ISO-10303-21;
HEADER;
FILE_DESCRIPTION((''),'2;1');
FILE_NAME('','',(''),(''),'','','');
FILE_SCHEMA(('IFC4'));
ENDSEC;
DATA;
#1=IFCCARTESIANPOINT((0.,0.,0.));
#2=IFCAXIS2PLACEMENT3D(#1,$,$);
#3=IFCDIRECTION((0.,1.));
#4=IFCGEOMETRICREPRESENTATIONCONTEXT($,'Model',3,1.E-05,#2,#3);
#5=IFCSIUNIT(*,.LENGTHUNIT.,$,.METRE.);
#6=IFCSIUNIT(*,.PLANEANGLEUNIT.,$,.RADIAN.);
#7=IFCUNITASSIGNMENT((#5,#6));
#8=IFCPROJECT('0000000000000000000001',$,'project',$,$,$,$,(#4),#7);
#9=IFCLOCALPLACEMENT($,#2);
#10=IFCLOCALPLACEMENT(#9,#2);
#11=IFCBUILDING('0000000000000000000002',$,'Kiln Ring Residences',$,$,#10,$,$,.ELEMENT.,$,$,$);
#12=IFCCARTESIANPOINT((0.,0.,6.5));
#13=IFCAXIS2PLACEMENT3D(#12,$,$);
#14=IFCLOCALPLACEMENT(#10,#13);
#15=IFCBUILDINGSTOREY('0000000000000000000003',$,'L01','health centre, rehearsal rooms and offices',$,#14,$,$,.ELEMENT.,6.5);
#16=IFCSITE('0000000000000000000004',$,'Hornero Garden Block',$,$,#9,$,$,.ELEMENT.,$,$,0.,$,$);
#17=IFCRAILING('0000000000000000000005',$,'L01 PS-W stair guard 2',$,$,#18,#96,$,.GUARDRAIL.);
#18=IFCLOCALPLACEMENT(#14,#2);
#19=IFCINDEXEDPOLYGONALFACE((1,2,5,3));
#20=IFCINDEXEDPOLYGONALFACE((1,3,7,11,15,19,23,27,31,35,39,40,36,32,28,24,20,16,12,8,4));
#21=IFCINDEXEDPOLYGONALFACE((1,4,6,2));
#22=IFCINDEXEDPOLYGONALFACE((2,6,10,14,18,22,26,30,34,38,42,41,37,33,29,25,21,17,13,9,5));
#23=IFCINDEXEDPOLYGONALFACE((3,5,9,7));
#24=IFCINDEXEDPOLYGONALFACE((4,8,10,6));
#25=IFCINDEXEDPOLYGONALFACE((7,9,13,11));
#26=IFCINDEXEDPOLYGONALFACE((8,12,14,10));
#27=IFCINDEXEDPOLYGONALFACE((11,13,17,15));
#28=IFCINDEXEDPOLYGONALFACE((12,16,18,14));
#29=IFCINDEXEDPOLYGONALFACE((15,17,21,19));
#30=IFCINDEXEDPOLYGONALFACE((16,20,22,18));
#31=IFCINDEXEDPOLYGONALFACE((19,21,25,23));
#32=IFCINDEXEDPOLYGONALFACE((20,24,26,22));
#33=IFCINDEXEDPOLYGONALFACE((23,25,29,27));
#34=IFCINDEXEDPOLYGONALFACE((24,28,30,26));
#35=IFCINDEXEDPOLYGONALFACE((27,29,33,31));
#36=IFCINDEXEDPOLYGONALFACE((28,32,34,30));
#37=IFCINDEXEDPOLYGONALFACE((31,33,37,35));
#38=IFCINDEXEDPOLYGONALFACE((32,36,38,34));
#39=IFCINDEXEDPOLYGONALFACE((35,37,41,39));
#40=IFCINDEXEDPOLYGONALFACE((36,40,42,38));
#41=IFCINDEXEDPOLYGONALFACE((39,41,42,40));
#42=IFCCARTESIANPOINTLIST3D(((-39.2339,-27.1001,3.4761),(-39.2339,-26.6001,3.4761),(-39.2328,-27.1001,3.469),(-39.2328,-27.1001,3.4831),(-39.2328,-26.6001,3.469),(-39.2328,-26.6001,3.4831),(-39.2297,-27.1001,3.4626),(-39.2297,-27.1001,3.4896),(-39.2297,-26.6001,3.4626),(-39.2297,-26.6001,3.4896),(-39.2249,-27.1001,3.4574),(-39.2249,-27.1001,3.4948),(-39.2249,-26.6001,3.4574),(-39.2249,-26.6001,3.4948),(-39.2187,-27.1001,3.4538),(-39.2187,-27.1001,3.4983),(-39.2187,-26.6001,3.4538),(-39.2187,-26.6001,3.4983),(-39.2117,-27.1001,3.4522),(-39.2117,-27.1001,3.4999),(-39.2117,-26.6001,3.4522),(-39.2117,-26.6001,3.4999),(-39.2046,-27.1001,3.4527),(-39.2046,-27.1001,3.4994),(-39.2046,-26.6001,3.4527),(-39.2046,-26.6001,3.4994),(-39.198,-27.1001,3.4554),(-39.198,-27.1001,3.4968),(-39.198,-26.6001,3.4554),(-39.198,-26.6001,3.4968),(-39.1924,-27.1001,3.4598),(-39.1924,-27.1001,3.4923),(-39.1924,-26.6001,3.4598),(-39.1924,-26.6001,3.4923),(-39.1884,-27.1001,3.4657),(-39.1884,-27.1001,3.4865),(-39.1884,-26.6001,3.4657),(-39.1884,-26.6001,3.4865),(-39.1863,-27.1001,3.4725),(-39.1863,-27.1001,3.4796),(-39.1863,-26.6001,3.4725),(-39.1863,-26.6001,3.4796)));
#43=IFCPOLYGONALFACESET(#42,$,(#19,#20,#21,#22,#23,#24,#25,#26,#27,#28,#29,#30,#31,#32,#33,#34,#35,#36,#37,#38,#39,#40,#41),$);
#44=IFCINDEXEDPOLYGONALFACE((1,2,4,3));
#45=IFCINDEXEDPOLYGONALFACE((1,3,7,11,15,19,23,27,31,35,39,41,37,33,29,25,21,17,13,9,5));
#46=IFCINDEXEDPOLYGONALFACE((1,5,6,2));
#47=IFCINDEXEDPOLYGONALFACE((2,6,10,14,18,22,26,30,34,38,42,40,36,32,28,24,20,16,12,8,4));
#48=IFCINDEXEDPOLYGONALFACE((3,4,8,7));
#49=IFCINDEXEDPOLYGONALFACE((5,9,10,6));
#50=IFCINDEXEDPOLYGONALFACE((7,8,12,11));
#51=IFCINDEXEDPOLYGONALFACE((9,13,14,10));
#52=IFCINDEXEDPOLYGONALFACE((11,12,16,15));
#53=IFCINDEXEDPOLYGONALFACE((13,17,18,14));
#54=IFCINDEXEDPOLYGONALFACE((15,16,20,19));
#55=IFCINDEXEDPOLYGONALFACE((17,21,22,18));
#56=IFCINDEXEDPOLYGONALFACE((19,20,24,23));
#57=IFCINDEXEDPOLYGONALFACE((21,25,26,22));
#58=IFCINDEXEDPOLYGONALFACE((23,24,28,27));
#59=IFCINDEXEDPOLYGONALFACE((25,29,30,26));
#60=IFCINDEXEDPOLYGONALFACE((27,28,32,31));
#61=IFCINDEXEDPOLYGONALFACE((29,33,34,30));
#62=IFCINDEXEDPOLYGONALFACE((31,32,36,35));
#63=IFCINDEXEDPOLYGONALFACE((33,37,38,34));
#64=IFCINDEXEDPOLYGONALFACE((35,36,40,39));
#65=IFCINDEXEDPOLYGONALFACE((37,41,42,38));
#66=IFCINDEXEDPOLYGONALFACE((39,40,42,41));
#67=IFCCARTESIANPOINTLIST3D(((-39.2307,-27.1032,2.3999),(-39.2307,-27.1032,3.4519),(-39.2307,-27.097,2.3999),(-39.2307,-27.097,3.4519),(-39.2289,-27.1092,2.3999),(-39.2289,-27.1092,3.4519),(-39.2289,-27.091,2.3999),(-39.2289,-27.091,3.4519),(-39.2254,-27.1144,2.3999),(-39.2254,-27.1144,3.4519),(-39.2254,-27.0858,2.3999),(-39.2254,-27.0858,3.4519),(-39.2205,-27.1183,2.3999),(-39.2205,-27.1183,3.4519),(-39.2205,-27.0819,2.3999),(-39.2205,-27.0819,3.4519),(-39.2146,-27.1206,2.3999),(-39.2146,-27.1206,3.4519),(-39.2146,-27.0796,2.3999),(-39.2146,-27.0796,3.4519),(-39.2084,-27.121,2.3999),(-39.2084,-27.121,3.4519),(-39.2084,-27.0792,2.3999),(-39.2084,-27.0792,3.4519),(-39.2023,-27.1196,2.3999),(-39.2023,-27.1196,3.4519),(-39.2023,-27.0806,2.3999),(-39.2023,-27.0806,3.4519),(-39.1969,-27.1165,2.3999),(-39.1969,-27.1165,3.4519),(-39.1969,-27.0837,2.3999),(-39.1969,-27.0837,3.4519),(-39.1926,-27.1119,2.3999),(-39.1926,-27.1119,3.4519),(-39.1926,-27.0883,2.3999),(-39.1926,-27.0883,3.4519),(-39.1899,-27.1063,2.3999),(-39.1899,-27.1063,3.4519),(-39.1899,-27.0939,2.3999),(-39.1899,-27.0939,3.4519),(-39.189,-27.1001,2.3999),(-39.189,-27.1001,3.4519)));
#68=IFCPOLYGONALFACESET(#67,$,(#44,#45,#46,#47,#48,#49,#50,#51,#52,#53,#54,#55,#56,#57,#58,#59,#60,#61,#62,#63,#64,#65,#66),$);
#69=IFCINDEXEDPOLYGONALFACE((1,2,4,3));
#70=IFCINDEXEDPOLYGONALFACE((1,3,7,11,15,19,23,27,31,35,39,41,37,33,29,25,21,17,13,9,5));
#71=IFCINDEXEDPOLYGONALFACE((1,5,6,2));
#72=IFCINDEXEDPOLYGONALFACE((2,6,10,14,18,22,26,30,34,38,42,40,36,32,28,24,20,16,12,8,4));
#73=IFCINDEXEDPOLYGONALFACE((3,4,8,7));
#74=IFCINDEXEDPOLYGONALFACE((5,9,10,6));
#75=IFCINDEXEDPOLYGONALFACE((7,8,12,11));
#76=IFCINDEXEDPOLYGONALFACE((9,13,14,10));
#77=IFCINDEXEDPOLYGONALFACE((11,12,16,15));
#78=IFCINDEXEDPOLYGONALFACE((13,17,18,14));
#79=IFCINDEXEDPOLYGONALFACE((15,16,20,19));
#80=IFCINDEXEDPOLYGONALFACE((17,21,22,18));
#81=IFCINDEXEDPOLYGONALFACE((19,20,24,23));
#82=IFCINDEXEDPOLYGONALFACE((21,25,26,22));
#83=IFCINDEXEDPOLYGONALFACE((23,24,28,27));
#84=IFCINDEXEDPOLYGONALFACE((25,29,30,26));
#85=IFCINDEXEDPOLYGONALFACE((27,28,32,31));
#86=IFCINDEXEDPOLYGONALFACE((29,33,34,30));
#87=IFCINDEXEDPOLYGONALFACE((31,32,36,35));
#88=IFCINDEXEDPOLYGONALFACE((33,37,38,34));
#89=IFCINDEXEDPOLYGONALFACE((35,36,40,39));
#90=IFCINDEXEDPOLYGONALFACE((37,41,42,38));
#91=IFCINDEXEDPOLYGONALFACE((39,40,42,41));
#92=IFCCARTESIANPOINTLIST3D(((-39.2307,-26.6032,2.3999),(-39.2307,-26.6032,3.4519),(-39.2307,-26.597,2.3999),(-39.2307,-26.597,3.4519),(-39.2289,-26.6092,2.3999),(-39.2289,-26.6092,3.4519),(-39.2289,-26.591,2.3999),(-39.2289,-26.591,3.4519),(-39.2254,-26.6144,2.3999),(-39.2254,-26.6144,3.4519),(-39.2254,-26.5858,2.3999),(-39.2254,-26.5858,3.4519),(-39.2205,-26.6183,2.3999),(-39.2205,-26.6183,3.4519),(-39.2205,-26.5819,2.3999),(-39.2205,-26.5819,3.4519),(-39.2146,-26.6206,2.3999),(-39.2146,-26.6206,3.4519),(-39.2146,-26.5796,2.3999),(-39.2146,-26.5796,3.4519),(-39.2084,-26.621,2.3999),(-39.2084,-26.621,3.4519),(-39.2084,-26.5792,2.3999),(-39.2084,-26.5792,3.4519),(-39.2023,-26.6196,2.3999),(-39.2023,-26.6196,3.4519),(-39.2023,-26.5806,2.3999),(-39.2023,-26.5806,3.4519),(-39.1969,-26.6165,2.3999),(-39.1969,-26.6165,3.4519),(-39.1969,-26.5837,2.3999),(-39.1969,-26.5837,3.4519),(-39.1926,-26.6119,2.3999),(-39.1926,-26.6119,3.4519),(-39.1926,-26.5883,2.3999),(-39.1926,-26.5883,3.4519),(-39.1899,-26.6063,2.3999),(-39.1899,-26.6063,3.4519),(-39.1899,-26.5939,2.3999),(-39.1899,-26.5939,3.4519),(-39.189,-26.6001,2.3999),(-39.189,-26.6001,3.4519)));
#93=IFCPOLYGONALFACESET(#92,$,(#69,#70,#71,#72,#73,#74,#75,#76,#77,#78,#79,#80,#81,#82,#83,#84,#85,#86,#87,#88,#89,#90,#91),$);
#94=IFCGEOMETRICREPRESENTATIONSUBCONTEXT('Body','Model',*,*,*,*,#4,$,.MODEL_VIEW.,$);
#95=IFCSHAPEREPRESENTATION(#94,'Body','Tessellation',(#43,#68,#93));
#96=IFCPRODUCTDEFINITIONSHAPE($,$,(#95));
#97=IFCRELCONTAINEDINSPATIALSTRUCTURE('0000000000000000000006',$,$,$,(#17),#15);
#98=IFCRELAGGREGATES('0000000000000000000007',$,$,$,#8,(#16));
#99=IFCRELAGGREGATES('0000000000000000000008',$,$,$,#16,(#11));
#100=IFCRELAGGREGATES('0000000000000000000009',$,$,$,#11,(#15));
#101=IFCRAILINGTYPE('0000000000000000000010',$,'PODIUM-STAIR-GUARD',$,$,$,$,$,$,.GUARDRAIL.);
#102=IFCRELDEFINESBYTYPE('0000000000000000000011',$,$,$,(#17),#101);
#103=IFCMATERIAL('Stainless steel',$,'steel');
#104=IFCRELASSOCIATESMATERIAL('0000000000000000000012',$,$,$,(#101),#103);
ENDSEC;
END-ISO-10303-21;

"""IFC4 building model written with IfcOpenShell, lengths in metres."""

from ifc_helpers import new_model, si_unit, direction, frame, origin, origin_2d, place, context, subcontext, project, spatial, circle, extrude, material, type_object, element, save


model = new_model("IFC4")

# Units and contexts
model_context = context("Model", 3, precision=1e-05, world=origin(), true_north=direction((0.0, 1.0)))
body_context = subcontext(model_context, "Body", "Model", "MODEL_VIEW")
ifc_project = project(units=[si_unit("LENGTHUNIT", "METRE"), si_unit("PLANEANGLEUNIT", "RADIAN")], contexts=[model_context])

# Site, building, storey
site_placement = place(None, origin())
site = spatial("IfcSite", under=ifc_project, at=site_placement, Name="Hornero Garden Block", CompositionType="ELEMENT", RefElevation=0.0)
building_placement = place(site_placement, origin())
building = spatial("IfcBuilding", under=site, at=building_placement, Name="Kiln Ring Residences", CompositionType="ELEMENT")
storey_placement = place(building_placement, frame((0.0, 0.0, 6.5)))
storey = spatial("IfcBuildingStorey", under=building, at=storey_placement, Name="L01", Description="health centre, rehearsal rooms and offices", CompositionType="ELEMENT", Elevation=6.5)

# Railing
ifc_material_1 = material(Name="Stainless steel", Category="steel")
railing_type_1 = type_object("IfcRailingType", Name="PODIUM-STAIR-GUARD", PredefinedType="GUARDRAIL", material=ifc_material_1)
railing_1_placement = place(storey_placement, frame((-39.21, -27.1001, 2.3999)))
element("IfcRailing", 1, at=railing_1_placement, inside=storey, type_object=railing_type_1, Name="L01 PS-W stair guard 2", PredefinedType="GUARDRAIL", context=body_context, shape_type="SweptSolid", body=[
    extrude(circle(Radius=0.0239, at=origin_2d()), frame((0.0, 0.0, 1.0762), z_axis=(0.0, 1.0, 0.0), x_axis=(-1.0, 0.0, 0.0)), (0.0, 0.0, 1.0), 0.5),
    extrude(circle(Radius=0.021, at=origin_2d()), origin(), (0.0, 0.0, 1.0), 1.052),
    extrude(circle(Radius=0.021, at=origin_2d()), frame((0.0, 0.5, 0.0)), (0.0, 0.0, 1.0), 1.052),
])

save(model, "model.ifc")
